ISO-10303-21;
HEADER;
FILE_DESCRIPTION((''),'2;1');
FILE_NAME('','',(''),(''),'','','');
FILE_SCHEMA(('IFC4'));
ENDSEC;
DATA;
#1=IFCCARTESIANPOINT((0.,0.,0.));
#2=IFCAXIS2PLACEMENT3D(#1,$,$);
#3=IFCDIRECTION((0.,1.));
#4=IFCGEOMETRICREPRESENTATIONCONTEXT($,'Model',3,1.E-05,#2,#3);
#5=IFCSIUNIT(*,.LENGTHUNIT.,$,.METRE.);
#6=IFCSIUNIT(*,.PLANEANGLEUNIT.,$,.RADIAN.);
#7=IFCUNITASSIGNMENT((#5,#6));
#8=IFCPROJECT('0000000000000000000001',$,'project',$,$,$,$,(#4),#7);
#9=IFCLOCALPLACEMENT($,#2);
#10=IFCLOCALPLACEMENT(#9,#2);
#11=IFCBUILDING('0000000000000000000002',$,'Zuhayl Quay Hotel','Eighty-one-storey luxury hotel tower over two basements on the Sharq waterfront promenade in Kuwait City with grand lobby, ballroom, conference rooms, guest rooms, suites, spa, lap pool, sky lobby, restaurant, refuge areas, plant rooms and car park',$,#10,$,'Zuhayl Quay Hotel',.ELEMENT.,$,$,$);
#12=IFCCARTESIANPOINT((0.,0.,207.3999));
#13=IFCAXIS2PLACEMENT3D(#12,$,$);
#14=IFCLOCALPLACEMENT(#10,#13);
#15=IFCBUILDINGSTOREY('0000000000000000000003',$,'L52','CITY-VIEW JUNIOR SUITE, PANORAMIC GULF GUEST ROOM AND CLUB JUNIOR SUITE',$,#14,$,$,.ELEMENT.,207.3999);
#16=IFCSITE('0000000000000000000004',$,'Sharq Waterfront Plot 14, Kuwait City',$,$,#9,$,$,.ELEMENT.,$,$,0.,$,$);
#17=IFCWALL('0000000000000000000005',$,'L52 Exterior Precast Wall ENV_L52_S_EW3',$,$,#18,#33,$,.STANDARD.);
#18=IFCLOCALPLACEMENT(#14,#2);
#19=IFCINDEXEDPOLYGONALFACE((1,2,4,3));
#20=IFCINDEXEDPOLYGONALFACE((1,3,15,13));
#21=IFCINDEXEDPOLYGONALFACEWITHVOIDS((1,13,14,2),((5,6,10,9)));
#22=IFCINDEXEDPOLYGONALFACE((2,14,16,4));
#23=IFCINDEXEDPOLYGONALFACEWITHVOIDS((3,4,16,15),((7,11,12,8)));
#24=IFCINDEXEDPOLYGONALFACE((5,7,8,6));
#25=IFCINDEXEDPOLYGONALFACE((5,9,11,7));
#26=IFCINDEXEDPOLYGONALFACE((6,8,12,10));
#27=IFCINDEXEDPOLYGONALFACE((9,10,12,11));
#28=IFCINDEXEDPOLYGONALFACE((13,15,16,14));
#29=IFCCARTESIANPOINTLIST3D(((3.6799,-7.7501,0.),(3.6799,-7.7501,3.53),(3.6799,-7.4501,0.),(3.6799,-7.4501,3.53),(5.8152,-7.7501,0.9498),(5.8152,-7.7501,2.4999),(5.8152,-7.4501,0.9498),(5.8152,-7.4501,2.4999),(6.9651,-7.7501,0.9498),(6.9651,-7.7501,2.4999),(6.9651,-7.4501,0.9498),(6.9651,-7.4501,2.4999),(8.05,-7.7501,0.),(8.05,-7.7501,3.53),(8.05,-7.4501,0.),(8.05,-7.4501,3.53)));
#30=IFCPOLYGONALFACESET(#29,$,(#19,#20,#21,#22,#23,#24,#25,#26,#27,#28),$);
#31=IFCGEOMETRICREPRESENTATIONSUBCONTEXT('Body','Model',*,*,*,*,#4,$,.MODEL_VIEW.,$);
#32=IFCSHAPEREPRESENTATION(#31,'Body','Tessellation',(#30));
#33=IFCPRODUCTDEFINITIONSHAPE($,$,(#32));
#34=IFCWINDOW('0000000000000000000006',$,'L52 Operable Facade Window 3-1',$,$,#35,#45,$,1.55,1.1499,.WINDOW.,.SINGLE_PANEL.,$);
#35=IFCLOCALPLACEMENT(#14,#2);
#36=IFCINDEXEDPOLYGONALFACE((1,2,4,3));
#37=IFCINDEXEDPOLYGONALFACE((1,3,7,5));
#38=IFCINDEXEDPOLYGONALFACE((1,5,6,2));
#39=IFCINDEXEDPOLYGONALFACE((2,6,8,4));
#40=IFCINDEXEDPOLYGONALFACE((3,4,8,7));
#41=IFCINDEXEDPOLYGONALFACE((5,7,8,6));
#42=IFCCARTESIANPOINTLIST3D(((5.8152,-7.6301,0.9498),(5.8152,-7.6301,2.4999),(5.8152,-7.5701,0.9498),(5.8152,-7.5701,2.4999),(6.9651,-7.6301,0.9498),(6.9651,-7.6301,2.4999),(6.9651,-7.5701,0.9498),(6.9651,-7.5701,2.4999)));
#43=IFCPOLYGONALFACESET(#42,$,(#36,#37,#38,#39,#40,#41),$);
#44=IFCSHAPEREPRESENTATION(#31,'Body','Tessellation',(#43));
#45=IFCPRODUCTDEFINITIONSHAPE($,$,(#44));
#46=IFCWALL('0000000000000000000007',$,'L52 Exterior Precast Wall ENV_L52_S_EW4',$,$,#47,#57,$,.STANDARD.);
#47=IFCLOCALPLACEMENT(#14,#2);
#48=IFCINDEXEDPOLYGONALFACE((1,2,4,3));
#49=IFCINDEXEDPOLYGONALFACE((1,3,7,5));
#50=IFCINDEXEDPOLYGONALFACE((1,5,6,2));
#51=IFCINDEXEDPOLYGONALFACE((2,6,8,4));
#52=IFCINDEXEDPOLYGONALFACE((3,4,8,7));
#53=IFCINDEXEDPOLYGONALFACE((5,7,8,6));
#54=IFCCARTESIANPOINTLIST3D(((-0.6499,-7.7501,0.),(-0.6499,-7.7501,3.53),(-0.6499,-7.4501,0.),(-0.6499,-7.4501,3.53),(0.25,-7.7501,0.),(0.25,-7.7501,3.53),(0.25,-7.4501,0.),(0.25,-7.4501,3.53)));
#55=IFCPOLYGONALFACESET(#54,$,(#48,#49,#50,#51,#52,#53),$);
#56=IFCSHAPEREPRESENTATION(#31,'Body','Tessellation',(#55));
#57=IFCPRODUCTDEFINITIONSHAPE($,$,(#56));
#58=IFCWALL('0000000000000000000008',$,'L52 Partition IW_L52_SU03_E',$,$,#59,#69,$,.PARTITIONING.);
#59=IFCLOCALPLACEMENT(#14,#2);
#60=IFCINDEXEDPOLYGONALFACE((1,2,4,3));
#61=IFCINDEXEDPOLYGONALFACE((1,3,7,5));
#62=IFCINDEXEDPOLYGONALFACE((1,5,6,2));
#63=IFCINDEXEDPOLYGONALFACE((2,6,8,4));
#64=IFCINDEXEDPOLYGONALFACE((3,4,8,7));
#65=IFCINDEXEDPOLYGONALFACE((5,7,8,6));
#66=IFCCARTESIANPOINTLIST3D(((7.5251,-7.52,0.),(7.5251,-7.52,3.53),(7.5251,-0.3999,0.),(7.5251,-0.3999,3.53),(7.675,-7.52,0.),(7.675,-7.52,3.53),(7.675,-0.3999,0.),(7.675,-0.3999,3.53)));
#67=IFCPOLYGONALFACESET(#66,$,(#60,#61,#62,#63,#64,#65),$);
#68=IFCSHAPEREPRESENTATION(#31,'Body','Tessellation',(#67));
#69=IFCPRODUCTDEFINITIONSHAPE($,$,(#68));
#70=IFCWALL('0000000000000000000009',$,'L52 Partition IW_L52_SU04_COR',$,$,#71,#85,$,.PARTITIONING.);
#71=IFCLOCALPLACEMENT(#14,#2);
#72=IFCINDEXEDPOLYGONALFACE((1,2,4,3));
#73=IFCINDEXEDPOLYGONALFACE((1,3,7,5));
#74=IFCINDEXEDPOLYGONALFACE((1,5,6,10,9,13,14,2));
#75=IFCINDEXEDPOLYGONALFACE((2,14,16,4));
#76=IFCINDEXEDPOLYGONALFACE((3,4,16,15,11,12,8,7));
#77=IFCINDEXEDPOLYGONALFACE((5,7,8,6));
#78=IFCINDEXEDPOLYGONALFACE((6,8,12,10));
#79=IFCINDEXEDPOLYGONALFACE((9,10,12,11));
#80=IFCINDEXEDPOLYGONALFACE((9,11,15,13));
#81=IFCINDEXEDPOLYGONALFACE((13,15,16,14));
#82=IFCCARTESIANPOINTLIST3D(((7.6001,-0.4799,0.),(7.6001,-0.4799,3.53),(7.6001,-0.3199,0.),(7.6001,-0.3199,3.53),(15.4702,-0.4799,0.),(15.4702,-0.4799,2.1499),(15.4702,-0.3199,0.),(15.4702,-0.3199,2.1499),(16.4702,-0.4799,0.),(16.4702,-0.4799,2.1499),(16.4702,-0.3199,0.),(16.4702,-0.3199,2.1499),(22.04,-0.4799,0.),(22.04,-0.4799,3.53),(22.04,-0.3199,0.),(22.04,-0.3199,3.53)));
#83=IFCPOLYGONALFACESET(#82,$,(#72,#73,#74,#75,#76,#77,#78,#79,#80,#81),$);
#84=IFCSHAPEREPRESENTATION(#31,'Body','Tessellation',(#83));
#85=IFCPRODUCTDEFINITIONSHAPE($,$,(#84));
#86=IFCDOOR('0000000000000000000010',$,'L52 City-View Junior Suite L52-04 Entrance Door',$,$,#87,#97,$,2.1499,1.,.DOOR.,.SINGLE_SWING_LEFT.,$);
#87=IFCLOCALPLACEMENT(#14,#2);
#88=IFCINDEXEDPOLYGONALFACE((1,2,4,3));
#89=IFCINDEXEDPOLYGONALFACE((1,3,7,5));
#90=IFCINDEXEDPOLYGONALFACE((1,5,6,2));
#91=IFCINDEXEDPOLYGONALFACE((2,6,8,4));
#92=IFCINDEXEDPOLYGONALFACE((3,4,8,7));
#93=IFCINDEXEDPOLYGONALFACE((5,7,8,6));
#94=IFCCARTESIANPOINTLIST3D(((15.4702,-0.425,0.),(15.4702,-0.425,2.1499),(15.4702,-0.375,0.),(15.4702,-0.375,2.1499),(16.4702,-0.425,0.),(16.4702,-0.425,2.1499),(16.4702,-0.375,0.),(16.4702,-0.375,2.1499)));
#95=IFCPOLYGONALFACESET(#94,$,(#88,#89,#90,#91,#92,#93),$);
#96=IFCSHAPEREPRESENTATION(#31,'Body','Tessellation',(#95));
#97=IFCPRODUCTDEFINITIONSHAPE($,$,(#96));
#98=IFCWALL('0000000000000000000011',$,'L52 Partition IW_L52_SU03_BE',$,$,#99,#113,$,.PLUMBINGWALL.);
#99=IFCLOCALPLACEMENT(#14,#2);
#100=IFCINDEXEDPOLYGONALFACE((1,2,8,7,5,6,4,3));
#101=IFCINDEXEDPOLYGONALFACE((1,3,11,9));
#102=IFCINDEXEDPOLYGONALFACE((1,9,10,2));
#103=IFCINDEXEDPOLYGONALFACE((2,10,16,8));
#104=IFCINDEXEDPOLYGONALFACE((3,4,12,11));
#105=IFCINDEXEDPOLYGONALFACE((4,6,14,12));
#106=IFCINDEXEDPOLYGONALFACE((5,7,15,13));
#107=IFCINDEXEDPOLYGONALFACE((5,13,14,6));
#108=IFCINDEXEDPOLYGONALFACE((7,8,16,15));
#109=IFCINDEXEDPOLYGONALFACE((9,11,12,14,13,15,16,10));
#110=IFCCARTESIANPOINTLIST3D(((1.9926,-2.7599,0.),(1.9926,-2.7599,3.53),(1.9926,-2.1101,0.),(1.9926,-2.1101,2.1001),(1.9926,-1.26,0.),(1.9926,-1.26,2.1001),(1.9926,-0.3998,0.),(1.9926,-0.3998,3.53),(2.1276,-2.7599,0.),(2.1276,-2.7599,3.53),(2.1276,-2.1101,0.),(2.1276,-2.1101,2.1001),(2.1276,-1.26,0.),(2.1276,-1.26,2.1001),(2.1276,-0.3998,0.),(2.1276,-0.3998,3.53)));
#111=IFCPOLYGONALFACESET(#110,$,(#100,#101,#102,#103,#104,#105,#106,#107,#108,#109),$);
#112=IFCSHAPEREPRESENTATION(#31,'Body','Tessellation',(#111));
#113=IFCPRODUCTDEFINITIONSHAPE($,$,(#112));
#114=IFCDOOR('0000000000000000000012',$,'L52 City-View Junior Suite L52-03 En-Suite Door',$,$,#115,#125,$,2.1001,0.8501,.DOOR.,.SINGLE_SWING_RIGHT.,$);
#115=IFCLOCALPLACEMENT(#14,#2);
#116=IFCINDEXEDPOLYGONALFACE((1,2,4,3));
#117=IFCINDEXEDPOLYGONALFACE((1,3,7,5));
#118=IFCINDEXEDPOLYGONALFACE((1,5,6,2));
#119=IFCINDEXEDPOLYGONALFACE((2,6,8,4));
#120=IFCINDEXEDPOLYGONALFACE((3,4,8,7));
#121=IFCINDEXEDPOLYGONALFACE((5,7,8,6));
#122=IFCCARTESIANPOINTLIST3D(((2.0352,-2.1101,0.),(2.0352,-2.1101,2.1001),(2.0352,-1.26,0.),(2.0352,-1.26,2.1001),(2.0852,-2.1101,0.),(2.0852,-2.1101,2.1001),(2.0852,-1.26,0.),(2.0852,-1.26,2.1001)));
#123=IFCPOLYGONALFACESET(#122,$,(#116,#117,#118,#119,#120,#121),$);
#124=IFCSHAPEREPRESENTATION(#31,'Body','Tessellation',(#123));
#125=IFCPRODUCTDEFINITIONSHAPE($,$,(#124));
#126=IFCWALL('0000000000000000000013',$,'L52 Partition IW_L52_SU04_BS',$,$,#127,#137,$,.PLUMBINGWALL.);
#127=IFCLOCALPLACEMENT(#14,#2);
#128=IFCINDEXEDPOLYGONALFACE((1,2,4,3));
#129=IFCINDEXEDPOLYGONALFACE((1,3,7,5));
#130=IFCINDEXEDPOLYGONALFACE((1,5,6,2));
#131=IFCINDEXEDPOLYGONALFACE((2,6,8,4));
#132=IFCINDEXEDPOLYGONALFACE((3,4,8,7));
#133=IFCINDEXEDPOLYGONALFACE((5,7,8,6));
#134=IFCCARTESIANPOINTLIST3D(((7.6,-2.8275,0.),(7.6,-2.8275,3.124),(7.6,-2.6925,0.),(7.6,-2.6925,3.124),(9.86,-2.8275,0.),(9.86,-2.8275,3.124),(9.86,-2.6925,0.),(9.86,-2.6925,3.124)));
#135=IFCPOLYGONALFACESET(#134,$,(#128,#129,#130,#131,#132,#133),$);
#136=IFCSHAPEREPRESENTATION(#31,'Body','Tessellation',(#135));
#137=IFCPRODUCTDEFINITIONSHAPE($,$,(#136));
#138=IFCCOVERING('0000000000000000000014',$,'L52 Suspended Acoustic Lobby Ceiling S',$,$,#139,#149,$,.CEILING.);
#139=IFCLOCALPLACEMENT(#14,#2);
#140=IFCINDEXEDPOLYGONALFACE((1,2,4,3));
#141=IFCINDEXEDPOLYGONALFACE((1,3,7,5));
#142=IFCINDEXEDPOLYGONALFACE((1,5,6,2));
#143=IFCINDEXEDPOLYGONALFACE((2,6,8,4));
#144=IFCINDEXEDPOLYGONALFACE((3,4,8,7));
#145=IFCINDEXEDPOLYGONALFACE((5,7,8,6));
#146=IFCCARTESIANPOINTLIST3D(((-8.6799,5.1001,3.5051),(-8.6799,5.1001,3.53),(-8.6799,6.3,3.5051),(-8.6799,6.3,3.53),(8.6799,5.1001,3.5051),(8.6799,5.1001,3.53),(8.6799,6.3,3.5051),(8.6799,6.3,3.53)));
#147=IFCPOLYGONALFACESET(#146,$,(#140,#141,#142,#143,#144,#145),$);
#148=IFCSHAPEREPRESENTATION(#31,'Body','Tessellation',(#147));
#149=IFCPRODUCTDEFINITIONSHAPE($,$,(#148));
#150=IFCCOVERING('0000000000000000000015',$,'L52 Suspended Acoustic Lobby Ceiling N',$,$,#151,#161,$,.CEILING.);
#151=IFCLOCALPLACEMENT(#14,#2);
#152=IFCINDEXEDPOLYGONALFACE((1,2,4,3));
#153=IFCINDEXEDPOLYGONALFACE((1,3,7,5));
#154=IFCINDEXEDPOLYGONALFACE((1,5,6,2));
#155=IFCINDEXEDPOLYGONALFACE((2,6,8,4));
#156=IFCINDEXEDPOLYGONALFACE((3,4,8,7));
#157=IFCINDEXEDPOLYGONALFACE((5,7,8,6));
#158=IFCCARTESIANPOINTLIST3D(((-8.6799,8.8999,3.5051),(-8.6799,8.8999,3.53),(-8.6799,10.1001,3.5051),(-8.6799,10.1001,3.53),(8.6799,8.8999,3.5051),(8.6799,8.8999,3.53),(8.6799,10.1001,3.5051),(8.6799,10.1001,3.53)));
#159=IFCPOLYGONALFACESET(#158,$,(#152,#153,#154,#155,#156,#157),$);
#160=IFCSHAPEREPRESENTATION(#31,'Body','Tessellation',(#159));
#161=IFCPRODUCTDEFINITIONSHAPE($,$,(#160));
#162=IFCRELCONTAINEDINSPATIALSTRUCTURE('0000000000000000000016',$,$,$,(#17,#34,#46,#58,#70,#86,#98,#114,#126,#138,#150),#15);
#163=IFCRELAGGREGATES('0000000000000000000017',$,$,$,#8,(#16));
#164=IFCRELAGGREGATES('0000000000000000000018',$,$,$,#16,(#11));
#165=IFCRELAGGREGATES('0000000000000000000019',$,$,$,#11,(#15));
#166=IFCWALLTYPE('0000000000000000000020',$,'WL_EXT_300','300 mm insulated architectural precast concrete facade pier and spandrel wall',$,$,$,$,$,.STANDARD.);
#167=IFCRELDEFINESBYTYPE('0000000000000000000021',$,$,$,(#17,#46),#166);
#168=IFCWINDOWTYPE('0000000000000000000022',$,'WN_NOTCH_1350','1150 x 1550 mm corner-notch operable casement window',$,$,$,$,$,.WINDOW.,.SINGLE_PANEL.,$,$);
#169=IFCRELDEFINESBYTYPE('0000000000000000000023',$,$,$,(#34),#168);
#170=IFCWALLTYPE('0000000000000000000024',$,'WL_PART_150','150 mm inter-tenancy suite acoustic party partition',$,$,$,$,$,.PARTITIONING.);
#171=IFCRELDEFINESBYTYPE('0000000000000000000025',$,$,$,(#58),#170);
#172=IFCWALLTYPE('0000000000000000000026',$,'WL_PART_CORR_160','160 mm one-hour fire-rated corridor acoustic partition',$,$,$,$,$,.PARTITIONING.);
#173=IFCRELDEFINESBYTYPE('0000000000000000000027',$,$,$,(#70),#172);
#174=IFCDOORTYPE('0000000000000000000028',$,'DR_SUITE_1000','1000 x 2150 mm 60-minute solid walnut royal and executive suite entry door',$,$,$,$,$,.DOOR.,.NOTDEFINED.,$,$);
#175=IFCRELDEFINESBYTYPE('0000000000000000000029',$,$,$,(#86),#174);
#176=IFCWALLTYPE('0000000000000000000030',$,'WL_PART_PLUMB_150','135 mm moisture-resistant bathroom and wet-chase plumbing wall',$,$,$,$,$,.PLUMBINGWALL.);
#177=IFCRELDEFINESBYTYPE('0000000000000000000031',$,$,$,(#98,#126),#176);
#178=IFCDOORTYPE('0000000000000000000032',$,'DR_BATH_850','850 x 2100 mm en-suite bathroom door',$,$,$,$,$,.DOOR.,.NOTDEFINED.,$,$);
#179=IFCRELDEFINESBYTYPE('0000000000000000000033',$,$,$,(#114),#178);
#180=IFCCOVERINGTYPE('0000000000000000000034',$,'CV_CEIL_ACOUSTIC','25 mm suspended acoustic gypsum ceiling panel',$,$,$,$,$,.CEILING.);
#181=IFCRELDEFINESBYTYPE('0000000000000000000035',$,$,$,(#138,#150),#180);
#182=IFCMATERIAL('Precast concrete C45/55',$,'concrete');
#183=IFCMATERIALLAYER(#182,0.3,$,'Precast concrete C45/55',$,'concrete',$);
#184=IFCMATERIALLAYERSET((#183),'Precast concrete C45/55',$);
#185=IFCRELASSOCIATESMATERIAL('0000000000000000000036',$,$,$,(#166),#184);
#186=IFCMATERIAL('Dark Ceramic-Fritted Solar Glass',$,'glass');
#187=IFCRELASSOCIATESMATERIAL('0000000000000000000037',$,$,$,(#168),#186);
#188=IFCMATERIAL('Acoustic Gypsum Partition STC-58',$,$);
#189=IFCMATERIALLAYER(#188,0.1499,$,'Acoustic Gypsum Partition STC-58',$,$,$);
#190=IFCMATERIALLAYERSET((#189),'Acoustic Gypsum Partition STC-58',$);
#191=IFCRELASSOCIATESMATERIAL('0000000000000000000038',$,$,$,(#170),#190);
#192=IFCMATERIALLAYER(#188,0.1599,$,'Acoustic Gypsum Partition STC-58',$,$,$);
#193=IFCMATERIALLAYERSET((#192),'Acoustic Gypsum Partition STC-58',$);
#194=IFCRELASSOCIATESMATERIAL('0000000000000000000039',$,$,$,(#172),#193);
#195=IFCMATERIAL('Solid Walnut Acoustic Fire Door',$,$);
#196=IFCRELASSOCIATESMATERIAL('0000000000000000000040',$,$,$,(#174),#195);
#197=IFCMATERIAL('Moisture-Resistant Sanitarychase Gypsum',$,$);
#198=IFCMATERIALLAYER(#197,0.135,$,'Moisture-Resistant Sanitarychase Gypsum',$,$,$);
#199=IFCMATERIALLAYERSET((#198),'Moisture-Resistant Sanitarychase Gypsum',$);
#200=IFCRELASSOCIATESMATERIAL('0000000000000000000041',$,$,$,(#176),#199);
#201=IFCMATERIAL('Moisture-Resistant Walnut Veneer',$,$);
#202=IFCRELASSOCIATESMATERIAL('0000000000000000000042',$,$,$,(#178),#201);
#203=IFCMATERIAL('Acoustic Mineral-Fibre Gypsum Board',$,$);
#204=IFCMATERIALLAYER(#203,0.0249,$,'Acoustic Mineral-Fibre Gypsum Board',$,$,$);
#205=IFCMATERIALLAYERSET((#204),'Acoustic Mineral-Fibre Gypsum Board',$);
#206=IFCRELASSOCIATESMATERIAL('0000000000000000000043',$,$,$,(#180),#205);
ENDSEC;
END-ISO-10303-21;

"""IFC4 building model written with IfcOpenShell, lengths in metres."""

from ifc_helpers import new_model, si_unit, direction, frame, frame_2d, origin, place, context, subcontext, project, spatial, polyline, rectangle, outline, extrude, material, layer, layer_set, type_object, element, fill, save


model = new_model("IFC4")

# Units and contexts
model_context = context("Model", 3, precision=1e-05, world=origin(), true_north=direction((0.0, 1.0)))
body_context = subcontext(model_context, "Body", "Model", "MODEL_VIEW")
ifc_project = project(units=[si_unit("LENGTHUNIT", "METRE"), si_unit("PLANEANGLEUNIT", "RADIAN")], contexts=[model_context])

# Site, building, storey
site_placement = place(None, origin())
site = spatial("IfcSite", under=ifc_project, at=site_placement, Name="Sharq Waterfront Plot 14, Kuwait City", CompositionType="ELEMENT", RefElevation=0.0)
building_placement = place(site_placement, origin())
building = spatial("IfcBuilding", under=site, at=building_placement, Name="Zuhayl Quay Hotel", Description="Eighty-one-storey luxury hotel tower over two basements on the Sharq waterfront promenade in Kuwait City with grand lobby, ballroom, conference rooms, guest rooms, suites, spa, lap pool, sky lobby, restaurant, refuge areas, plant rooms and car park", LongName="Zuhayl Quay Hotel", CompositionType="ELEMENT")
storey_placement = place(building_placement, frame((0.0, 0.0, 207.3999)))
storey = spatial("IfcBuildingStorey", under=building, at=storey_placement, Name="L52", Description="CITY-VIEW JUNIOR SUITE, PANORAMIC GULF GUEST ROOM AND CLUB JUNIOR SUITE", CompositionType="ELEMENT", Elevation=207.3999)

# Shared definitions
ifc_material_1 = material(Name="Dark Ceramic-Fritted Solar Glass", Category="glass")

# Wall, opening, window
ifc_material_2 = material(Name="Precast concrete C45/55", Category="concrete")
ifc_layer_1 = layer(ifc_material_2, 0.3, Name="Precast concrete C45/55", Category="concrete")
ifc_layer_set_1 = layer_set([ifc_layer_1], Name="Precast concrete C45/55")
wall_type_1 = type_object("IfcWallType", Name="WL_EXT_300", Description="300 mm insulated architectural precast concrete facade pier and spandrel wall", PredefinedType="STANDARD", material=ifc_layer_set_1)
wall_1_placement = place(storey_placement, frame((8.05, -7.6001, 0.0), z_axis=(0.0, 0.0, 1.0), x_axis=(-1.0, 0.0, 0.0)))
wall_1 = element("IfcWall", 1, at=wall_1_placement, inside=storey, type_object=wall_type_1, Name="L52 Exterior Precast Wall ENV_L52_S_EW3", PredefinedType="STANDARD", context=body_context, shape_type="SweptSolid", body=[
    extrude(rectangle(XDim=4.3701, YDim=0.3, at=frame_2d((2.1851, 0.0))), origin(), (0.0, 0.0, 1.0), 3.53),
])
opening_1_placement = place(wall_1_placement, frame((1.085, 0.0, 0.95)))
opening_1 = element("IfcOpeningElement", 2, at=opening_1_placement, cuts=wall_1, PredefinedType="OPENING", context=body_context, shape_type="SweptSolid", body=[
    extrude(rectangle(XDim=1.1499, YDim=1.55, at=frame_2d((0.575, 0.7749))), frame((0.0, 0.1599, 0.0), z_axis=(0.0, -1.0, 0.0), x_axis=(1.0, 0.0, 0.0)), (0.0, 0.0, 1.0), 0.3201),
])
window_type = type_object("IfcWindowType", Name="WN_NOTCH_1350", Description="1150 x 1550 mm corner-notch operable casement window", PartitioningType="SINGLE_PANEL", PredefinedType="WINDOW", material=ifc_material_1)
window_placement = place(opening_1_placement, origin())
window = element("IfcWindow", 3, at=window_placement, inside=storey, type_object=window_type, Name="L52 Operable Facade Window 3-1", OverallHeight=1.55, OverallWidth=1.1499, PartitioningType="SINGLE_PANEL", PredefinedType="WINDOW", context=body_context, shape_type="SweptSolid", body=[
    extrude(rectangle(XDim=1.1499, YDim=1.55, at=frame_2d((0.575, 0.7749))), frame((0.0, 0.03, 0.0), z_axis=(0.0, -1.0, 0.0), x_axis=(1.0, 0.0, 0.0)), (0.0, 0.0, 1.0), 0.0601),
])
fill(opening_1, window)

# Walls
wall_2_placement = place(storey_placement, frame((0.25, -7.6001, 0.0), z_axis=(0.0, 0.0, 1.0), x_axis=(-1.0, 0.0, 0.0)))
element("IfcWall", 4, at=wall_2_placement, inside=storey, type_object=wall_type_1, Name="L52 Exterior Precast Wall ENV_L52_S_EW4", PredefinedType="STANDARD", context=body_context, shape_type="SweptSolid", body=[
    extrude(rectangle(XDim=0.8999, YDim=0.3, at=frame_2d((0.45, 0.0))), origin(), (0.0, 0.0, 1.0), 3.53),
])
ifc_material_3 = material(Name="Acoustic Gypsum Partition STC-58")
ifc_layer_2 = layer(ifc_material_3, 0.1499, Name="Acoustic Gypsum Partition STC-58")
ifc_layer_set_2 = layer_set([ifc_layer_2], Name="Acoustic Gypsum Partition STC-58")
wall_type_2 = type_object("IfcWallType", Name="WL_PART_150", Description="150 mm inter-tenancy suite acoustic party partition", PredefinedType="PARTITIONING", material=ifc_layer_set_2)
wall_3_placement = place(storey_placement, frame((7.6001, -7.52, 0.0), z_axis=(0.0, 0.0, 1.0), x_axis=(0.0, 1.0, 0.0)))
element("IfcWall", 5, at=wall_3_placement, inside=storey, type_object=wall_type_2, Name="L52 Partition IW_L52_SU03_E", PredefinedType="PARTITIONING", context=body_context, shape_type="SweptSolid", body=[
    extrude(rectangle(XDim=7.1201, YDim=0.1499, at=frame_2d((3.5601, 0.0))), origin(), (0.0, 0.0, 1.0), 3.53),
])

# Walls, openings, doors
ifc_layer_3 = layer(ifc_material_3, 0.1599, Name="Acoustic Gypsum Partition STC-58")
ifc_layer_set_3 = layer_set([ifc_layer_3], Name="Acoustic Gypsum Partition STC-58")
wall_type_3 = type_object("IfcWallType", Name="WL_PART_CORR_160", Description="160 mm one-hour fire-rated corridor acoustic partition", PredefinedType="PARTITIONING", material=ifc_layer_set_3)
wall_4_placement = place(storey_placement, frame((7.6001, -0.3999, 0.0), z_axis=(0.0, 0.0, 1.0), x_axis=(1.0, 0.0, 0.0)))
wall_4 = element("IfcWall", 6, at=wall_4_placement, inside=storey, type_object=wall_type_3, Name="L52 Partition IW_L52_SU04_COR", PredefinedType="PARTITIONING", context=body_context, shape_type="SweptSolid", body=[
    extrude(rectangle(XDim=14.4399, YDim=0.1599, at=frame_2d((7.22, 0.0))), origin(), (0.0, 0.0, 1.0), 3.53),
])
opening_2_placement = place(wall_4_placement, frame((7.8701, 0.0, 0.0)))
opening_2 = element("IfcOpeningElement", 7, at=opening_2_placement, cuts=wall_4, PredefinedType="OPENING", context=body_context, shape_type="SweptSolid", body=[
    extrude(rectangle(XDim=1.0, YDim=2.1499, at=frame_2d((0.5, 1.075))), frame((0.0, 0.0898, 0.0), z_axis=(0.0, -1.0, 0.0), x_axis=(1.0, 0.0, 0.0)), (0.0, 0.0, 1.0), 0.1799),
])
ifc_material_4 = material(Name="Solid Walnut Acoustic Fire Door")
door_type_1 = type_object("IfcDoorType", Name="DR_SUITE_1000", Description="1000 x 2150 mm 60-minute solid walnut royal and executive suite entry door", OperationType="NOTDEFINED", PredefinedType="DOOR", material=ifc_material_4)
door_1_placement = place(opening_2_placement, origin())
door_1 = element("IfcDoor", 8, at=door_1_placement, inside=storey, type_object=door_type_1, Name="L52 City-View Junior Suite L52-04 Entrance Door", OperationType="SINGLE_SWING_LEFT", OverallHeight=2.1499, OverallWidth=1.0, PredefinedType="DOOR", context=body_context, shape_type="SweptSolid", body=[
    extrude(rectangle(XDim=1.0, YDim=2.1499, at=frame_2d((0.5, 1.075))), frame((0.0, 0.0249, 0.0), z_axis=(0.0, -1.0, 0.0), x_axis=(1.0, 0.0, 0.0)), (0.0, 0.0, 1.0), 0.05),
])
fill(opening_2, door_1)
ifc_material_5 = material(Name="Moisture-Resistant Sanitarychase Gypsum")
ifc_layer_4 = layer(ifc_material_5, 0.135, Name="Moisture-Resistant Sanitarychase Gypsum")
ifc_layer_set_4 = layer_set([ifc_layer_4], Name="Moisture-Resistant Sanitarychase Gypsum")
wall_type_4 = type_object("IfcWallType", Name="WL_PART_PLUMB_150", Description="135 mm moisture-resistant bathroom and wet-chase plumbing wall", PredefinedType="PLUMBINGWALL", material=ifc_layer_set_4)
wall_5_placement = place(storey_placement, frame((2.0601, -2.76, 0.0), z_axis=(0.0, 0.0, 1.0), x_axis=(0.0, 1.0, 0.0)))
wall_5 = element("IfcWall", 9, at=wall_5_placement, inside=storey, type_object=wall_type_4, Name="L52 Partition IW_L52_SU03_BE", PredefinedType="PLUMBINGWALL", context=body_context, shape_type="SweptSolid", body=[
    extrude(rectangle(XDim=2.3601, YDim=0.135, at=frame_2d((1.1802, 0.0))), origin(), (0.0, 0.0, 1.0), 3.53),
])
opening_3_placement = place(wall_5_placement, frame((0.6499, 0.0, 0.0)))
opening_3 = element("IfcOpeningElement", 10, at=opening_3_placement, cuts=wall_5, PredefinedType="OPENING", context=body_context, shape_type="SweptSolid", body=[
    extrude(rectangle(XDim=0.8501, YDim=2.1001, at=frame_2d((0.425, 1.05))), frame((0.0, 0.0774, 0.0), z_axis=(0.0, -1.0, 0.0), x_axis=(1.0, 0.0, 0.0)), (0.0, 0.0, 1.0), 0.155),
])
ifc_material_6 = material(Name="Moisture-Resistant Walnut Veneer")
door_type_2 = type_object("IfcDoorType", Name="DR_BATH_850", Description="850 x 2100 mm en-suite bathroom door", OperationType="NOTDEFINED", PredefinedType="DOOR", material=ifc_material_6)
door_2_placement = place(opening_3_placement, origin())
door_2 = element("IfcDoor", 11, at=door_2_placement, inside=storey, type_object=door_type_2, Name="L52 City-View Junior Suite L52-03 En-Suite Door", OperationType="SINGLE_SWING_RIGHT", OverallHeight=2.1001, OverallWidth=0.8501, PredefinedType="DOOR", context=body_context, shape_type="SweptSolid", body=[
    extrude(rectangle(XDim=0.8501, YDim=2.1001, at=frame_2d((0.425, 1.05))), frame((0.0, 0.0249, 0.0), z_axis=(0.0, -1.0, 0.0), x_axis=(1.0, 0.0, 0.0)), (0.0, 0.0, 1.0), 0.05),
])
fill(opening_3, door_2)

# Wall
wall_6_placement = place(storey_placement, frame((7.6001, -2.76, 0.0), z_axis=(0.0, 0.0, 1.0), x_axis=(1.0, 0.0, 0.0)))
element("IfcWall", 12, at=wall_6_placement, inside=storey, type_object=wall_type_4, Name="L52 Partition IW_L52_SU04_BS", PredefinedType="PLUMBINGWALL", context=body_context, shape_type="SweptSolid", body=[
    extrude(rectangle(XDim=2.26, YDim=0.135, at=frame_2d((1.1299, 0.0))), origin(), (0.0, 0.0, 1.0), 3.124),
])

# Coverings
ifc_material_7 = material(Name="Acoustic Mineral-Fibre Gypsum Board")
ifc_layer_5 = layer(ifc_material_7, 0.0249, Name="Acoustic Mineral-Fibre Gypsum Board")
ifc_layer_set_5 = layer_set([ifc_layer_5], Name="Acoustic Mineral-Fibre Gypsum Board")
covering_type_1 = type_object("IfcCoveringType", Name="CV_CEIL_ACOUSTIC", Description="25 mm suspended acoustic gypsum ceiling panel", PredefinedType="CEILING", material=ifc_layer_set_5)
covering_1_placement = place(storey_placement, frame((0.0, 0.0, 3.5051)))
element("IfcCovering", 13, at=covering_1_placement, inside=storey, type_object=covering_type_1, Name="L52 Suspended Acoustic Lobby Ceiling S", PredefinedType="CEILING", context=body_context, shape_type="SweptSolid", body=[
    extrude(outline(polyline([(-8.6799, 5.1001), (8.6799, 5.1001), (8.6799, 6.3), (-8.6799, 6.3), (-8.6799, 5.1001)])), origin(), (0.0, 0.0, 1.0), 0.0249),
])
covering_2_placement = place(storey_placement, frame((0.0, 0.0, 3.5051)))
element("IfcCovering", 14, at=covering_2_placement, inside=storey, type_object=covering_type_1, Name="L52 Suspended Acoustic Lobby Ceiling N", PredefinedType="CEILING", context=body_context, shape_type="SweptSolid", body=[
    extrude(outline(polyline([(-8.6799, 8.8999), (8.6799, 8.8999), (8.6799, 10.1001), (-8.6799, 10.1001), (-8.6799, 8.8999)])), origin(), (0.0, 0.0, 1.0), 0.0249),
])

save(model, "model.ifc")
